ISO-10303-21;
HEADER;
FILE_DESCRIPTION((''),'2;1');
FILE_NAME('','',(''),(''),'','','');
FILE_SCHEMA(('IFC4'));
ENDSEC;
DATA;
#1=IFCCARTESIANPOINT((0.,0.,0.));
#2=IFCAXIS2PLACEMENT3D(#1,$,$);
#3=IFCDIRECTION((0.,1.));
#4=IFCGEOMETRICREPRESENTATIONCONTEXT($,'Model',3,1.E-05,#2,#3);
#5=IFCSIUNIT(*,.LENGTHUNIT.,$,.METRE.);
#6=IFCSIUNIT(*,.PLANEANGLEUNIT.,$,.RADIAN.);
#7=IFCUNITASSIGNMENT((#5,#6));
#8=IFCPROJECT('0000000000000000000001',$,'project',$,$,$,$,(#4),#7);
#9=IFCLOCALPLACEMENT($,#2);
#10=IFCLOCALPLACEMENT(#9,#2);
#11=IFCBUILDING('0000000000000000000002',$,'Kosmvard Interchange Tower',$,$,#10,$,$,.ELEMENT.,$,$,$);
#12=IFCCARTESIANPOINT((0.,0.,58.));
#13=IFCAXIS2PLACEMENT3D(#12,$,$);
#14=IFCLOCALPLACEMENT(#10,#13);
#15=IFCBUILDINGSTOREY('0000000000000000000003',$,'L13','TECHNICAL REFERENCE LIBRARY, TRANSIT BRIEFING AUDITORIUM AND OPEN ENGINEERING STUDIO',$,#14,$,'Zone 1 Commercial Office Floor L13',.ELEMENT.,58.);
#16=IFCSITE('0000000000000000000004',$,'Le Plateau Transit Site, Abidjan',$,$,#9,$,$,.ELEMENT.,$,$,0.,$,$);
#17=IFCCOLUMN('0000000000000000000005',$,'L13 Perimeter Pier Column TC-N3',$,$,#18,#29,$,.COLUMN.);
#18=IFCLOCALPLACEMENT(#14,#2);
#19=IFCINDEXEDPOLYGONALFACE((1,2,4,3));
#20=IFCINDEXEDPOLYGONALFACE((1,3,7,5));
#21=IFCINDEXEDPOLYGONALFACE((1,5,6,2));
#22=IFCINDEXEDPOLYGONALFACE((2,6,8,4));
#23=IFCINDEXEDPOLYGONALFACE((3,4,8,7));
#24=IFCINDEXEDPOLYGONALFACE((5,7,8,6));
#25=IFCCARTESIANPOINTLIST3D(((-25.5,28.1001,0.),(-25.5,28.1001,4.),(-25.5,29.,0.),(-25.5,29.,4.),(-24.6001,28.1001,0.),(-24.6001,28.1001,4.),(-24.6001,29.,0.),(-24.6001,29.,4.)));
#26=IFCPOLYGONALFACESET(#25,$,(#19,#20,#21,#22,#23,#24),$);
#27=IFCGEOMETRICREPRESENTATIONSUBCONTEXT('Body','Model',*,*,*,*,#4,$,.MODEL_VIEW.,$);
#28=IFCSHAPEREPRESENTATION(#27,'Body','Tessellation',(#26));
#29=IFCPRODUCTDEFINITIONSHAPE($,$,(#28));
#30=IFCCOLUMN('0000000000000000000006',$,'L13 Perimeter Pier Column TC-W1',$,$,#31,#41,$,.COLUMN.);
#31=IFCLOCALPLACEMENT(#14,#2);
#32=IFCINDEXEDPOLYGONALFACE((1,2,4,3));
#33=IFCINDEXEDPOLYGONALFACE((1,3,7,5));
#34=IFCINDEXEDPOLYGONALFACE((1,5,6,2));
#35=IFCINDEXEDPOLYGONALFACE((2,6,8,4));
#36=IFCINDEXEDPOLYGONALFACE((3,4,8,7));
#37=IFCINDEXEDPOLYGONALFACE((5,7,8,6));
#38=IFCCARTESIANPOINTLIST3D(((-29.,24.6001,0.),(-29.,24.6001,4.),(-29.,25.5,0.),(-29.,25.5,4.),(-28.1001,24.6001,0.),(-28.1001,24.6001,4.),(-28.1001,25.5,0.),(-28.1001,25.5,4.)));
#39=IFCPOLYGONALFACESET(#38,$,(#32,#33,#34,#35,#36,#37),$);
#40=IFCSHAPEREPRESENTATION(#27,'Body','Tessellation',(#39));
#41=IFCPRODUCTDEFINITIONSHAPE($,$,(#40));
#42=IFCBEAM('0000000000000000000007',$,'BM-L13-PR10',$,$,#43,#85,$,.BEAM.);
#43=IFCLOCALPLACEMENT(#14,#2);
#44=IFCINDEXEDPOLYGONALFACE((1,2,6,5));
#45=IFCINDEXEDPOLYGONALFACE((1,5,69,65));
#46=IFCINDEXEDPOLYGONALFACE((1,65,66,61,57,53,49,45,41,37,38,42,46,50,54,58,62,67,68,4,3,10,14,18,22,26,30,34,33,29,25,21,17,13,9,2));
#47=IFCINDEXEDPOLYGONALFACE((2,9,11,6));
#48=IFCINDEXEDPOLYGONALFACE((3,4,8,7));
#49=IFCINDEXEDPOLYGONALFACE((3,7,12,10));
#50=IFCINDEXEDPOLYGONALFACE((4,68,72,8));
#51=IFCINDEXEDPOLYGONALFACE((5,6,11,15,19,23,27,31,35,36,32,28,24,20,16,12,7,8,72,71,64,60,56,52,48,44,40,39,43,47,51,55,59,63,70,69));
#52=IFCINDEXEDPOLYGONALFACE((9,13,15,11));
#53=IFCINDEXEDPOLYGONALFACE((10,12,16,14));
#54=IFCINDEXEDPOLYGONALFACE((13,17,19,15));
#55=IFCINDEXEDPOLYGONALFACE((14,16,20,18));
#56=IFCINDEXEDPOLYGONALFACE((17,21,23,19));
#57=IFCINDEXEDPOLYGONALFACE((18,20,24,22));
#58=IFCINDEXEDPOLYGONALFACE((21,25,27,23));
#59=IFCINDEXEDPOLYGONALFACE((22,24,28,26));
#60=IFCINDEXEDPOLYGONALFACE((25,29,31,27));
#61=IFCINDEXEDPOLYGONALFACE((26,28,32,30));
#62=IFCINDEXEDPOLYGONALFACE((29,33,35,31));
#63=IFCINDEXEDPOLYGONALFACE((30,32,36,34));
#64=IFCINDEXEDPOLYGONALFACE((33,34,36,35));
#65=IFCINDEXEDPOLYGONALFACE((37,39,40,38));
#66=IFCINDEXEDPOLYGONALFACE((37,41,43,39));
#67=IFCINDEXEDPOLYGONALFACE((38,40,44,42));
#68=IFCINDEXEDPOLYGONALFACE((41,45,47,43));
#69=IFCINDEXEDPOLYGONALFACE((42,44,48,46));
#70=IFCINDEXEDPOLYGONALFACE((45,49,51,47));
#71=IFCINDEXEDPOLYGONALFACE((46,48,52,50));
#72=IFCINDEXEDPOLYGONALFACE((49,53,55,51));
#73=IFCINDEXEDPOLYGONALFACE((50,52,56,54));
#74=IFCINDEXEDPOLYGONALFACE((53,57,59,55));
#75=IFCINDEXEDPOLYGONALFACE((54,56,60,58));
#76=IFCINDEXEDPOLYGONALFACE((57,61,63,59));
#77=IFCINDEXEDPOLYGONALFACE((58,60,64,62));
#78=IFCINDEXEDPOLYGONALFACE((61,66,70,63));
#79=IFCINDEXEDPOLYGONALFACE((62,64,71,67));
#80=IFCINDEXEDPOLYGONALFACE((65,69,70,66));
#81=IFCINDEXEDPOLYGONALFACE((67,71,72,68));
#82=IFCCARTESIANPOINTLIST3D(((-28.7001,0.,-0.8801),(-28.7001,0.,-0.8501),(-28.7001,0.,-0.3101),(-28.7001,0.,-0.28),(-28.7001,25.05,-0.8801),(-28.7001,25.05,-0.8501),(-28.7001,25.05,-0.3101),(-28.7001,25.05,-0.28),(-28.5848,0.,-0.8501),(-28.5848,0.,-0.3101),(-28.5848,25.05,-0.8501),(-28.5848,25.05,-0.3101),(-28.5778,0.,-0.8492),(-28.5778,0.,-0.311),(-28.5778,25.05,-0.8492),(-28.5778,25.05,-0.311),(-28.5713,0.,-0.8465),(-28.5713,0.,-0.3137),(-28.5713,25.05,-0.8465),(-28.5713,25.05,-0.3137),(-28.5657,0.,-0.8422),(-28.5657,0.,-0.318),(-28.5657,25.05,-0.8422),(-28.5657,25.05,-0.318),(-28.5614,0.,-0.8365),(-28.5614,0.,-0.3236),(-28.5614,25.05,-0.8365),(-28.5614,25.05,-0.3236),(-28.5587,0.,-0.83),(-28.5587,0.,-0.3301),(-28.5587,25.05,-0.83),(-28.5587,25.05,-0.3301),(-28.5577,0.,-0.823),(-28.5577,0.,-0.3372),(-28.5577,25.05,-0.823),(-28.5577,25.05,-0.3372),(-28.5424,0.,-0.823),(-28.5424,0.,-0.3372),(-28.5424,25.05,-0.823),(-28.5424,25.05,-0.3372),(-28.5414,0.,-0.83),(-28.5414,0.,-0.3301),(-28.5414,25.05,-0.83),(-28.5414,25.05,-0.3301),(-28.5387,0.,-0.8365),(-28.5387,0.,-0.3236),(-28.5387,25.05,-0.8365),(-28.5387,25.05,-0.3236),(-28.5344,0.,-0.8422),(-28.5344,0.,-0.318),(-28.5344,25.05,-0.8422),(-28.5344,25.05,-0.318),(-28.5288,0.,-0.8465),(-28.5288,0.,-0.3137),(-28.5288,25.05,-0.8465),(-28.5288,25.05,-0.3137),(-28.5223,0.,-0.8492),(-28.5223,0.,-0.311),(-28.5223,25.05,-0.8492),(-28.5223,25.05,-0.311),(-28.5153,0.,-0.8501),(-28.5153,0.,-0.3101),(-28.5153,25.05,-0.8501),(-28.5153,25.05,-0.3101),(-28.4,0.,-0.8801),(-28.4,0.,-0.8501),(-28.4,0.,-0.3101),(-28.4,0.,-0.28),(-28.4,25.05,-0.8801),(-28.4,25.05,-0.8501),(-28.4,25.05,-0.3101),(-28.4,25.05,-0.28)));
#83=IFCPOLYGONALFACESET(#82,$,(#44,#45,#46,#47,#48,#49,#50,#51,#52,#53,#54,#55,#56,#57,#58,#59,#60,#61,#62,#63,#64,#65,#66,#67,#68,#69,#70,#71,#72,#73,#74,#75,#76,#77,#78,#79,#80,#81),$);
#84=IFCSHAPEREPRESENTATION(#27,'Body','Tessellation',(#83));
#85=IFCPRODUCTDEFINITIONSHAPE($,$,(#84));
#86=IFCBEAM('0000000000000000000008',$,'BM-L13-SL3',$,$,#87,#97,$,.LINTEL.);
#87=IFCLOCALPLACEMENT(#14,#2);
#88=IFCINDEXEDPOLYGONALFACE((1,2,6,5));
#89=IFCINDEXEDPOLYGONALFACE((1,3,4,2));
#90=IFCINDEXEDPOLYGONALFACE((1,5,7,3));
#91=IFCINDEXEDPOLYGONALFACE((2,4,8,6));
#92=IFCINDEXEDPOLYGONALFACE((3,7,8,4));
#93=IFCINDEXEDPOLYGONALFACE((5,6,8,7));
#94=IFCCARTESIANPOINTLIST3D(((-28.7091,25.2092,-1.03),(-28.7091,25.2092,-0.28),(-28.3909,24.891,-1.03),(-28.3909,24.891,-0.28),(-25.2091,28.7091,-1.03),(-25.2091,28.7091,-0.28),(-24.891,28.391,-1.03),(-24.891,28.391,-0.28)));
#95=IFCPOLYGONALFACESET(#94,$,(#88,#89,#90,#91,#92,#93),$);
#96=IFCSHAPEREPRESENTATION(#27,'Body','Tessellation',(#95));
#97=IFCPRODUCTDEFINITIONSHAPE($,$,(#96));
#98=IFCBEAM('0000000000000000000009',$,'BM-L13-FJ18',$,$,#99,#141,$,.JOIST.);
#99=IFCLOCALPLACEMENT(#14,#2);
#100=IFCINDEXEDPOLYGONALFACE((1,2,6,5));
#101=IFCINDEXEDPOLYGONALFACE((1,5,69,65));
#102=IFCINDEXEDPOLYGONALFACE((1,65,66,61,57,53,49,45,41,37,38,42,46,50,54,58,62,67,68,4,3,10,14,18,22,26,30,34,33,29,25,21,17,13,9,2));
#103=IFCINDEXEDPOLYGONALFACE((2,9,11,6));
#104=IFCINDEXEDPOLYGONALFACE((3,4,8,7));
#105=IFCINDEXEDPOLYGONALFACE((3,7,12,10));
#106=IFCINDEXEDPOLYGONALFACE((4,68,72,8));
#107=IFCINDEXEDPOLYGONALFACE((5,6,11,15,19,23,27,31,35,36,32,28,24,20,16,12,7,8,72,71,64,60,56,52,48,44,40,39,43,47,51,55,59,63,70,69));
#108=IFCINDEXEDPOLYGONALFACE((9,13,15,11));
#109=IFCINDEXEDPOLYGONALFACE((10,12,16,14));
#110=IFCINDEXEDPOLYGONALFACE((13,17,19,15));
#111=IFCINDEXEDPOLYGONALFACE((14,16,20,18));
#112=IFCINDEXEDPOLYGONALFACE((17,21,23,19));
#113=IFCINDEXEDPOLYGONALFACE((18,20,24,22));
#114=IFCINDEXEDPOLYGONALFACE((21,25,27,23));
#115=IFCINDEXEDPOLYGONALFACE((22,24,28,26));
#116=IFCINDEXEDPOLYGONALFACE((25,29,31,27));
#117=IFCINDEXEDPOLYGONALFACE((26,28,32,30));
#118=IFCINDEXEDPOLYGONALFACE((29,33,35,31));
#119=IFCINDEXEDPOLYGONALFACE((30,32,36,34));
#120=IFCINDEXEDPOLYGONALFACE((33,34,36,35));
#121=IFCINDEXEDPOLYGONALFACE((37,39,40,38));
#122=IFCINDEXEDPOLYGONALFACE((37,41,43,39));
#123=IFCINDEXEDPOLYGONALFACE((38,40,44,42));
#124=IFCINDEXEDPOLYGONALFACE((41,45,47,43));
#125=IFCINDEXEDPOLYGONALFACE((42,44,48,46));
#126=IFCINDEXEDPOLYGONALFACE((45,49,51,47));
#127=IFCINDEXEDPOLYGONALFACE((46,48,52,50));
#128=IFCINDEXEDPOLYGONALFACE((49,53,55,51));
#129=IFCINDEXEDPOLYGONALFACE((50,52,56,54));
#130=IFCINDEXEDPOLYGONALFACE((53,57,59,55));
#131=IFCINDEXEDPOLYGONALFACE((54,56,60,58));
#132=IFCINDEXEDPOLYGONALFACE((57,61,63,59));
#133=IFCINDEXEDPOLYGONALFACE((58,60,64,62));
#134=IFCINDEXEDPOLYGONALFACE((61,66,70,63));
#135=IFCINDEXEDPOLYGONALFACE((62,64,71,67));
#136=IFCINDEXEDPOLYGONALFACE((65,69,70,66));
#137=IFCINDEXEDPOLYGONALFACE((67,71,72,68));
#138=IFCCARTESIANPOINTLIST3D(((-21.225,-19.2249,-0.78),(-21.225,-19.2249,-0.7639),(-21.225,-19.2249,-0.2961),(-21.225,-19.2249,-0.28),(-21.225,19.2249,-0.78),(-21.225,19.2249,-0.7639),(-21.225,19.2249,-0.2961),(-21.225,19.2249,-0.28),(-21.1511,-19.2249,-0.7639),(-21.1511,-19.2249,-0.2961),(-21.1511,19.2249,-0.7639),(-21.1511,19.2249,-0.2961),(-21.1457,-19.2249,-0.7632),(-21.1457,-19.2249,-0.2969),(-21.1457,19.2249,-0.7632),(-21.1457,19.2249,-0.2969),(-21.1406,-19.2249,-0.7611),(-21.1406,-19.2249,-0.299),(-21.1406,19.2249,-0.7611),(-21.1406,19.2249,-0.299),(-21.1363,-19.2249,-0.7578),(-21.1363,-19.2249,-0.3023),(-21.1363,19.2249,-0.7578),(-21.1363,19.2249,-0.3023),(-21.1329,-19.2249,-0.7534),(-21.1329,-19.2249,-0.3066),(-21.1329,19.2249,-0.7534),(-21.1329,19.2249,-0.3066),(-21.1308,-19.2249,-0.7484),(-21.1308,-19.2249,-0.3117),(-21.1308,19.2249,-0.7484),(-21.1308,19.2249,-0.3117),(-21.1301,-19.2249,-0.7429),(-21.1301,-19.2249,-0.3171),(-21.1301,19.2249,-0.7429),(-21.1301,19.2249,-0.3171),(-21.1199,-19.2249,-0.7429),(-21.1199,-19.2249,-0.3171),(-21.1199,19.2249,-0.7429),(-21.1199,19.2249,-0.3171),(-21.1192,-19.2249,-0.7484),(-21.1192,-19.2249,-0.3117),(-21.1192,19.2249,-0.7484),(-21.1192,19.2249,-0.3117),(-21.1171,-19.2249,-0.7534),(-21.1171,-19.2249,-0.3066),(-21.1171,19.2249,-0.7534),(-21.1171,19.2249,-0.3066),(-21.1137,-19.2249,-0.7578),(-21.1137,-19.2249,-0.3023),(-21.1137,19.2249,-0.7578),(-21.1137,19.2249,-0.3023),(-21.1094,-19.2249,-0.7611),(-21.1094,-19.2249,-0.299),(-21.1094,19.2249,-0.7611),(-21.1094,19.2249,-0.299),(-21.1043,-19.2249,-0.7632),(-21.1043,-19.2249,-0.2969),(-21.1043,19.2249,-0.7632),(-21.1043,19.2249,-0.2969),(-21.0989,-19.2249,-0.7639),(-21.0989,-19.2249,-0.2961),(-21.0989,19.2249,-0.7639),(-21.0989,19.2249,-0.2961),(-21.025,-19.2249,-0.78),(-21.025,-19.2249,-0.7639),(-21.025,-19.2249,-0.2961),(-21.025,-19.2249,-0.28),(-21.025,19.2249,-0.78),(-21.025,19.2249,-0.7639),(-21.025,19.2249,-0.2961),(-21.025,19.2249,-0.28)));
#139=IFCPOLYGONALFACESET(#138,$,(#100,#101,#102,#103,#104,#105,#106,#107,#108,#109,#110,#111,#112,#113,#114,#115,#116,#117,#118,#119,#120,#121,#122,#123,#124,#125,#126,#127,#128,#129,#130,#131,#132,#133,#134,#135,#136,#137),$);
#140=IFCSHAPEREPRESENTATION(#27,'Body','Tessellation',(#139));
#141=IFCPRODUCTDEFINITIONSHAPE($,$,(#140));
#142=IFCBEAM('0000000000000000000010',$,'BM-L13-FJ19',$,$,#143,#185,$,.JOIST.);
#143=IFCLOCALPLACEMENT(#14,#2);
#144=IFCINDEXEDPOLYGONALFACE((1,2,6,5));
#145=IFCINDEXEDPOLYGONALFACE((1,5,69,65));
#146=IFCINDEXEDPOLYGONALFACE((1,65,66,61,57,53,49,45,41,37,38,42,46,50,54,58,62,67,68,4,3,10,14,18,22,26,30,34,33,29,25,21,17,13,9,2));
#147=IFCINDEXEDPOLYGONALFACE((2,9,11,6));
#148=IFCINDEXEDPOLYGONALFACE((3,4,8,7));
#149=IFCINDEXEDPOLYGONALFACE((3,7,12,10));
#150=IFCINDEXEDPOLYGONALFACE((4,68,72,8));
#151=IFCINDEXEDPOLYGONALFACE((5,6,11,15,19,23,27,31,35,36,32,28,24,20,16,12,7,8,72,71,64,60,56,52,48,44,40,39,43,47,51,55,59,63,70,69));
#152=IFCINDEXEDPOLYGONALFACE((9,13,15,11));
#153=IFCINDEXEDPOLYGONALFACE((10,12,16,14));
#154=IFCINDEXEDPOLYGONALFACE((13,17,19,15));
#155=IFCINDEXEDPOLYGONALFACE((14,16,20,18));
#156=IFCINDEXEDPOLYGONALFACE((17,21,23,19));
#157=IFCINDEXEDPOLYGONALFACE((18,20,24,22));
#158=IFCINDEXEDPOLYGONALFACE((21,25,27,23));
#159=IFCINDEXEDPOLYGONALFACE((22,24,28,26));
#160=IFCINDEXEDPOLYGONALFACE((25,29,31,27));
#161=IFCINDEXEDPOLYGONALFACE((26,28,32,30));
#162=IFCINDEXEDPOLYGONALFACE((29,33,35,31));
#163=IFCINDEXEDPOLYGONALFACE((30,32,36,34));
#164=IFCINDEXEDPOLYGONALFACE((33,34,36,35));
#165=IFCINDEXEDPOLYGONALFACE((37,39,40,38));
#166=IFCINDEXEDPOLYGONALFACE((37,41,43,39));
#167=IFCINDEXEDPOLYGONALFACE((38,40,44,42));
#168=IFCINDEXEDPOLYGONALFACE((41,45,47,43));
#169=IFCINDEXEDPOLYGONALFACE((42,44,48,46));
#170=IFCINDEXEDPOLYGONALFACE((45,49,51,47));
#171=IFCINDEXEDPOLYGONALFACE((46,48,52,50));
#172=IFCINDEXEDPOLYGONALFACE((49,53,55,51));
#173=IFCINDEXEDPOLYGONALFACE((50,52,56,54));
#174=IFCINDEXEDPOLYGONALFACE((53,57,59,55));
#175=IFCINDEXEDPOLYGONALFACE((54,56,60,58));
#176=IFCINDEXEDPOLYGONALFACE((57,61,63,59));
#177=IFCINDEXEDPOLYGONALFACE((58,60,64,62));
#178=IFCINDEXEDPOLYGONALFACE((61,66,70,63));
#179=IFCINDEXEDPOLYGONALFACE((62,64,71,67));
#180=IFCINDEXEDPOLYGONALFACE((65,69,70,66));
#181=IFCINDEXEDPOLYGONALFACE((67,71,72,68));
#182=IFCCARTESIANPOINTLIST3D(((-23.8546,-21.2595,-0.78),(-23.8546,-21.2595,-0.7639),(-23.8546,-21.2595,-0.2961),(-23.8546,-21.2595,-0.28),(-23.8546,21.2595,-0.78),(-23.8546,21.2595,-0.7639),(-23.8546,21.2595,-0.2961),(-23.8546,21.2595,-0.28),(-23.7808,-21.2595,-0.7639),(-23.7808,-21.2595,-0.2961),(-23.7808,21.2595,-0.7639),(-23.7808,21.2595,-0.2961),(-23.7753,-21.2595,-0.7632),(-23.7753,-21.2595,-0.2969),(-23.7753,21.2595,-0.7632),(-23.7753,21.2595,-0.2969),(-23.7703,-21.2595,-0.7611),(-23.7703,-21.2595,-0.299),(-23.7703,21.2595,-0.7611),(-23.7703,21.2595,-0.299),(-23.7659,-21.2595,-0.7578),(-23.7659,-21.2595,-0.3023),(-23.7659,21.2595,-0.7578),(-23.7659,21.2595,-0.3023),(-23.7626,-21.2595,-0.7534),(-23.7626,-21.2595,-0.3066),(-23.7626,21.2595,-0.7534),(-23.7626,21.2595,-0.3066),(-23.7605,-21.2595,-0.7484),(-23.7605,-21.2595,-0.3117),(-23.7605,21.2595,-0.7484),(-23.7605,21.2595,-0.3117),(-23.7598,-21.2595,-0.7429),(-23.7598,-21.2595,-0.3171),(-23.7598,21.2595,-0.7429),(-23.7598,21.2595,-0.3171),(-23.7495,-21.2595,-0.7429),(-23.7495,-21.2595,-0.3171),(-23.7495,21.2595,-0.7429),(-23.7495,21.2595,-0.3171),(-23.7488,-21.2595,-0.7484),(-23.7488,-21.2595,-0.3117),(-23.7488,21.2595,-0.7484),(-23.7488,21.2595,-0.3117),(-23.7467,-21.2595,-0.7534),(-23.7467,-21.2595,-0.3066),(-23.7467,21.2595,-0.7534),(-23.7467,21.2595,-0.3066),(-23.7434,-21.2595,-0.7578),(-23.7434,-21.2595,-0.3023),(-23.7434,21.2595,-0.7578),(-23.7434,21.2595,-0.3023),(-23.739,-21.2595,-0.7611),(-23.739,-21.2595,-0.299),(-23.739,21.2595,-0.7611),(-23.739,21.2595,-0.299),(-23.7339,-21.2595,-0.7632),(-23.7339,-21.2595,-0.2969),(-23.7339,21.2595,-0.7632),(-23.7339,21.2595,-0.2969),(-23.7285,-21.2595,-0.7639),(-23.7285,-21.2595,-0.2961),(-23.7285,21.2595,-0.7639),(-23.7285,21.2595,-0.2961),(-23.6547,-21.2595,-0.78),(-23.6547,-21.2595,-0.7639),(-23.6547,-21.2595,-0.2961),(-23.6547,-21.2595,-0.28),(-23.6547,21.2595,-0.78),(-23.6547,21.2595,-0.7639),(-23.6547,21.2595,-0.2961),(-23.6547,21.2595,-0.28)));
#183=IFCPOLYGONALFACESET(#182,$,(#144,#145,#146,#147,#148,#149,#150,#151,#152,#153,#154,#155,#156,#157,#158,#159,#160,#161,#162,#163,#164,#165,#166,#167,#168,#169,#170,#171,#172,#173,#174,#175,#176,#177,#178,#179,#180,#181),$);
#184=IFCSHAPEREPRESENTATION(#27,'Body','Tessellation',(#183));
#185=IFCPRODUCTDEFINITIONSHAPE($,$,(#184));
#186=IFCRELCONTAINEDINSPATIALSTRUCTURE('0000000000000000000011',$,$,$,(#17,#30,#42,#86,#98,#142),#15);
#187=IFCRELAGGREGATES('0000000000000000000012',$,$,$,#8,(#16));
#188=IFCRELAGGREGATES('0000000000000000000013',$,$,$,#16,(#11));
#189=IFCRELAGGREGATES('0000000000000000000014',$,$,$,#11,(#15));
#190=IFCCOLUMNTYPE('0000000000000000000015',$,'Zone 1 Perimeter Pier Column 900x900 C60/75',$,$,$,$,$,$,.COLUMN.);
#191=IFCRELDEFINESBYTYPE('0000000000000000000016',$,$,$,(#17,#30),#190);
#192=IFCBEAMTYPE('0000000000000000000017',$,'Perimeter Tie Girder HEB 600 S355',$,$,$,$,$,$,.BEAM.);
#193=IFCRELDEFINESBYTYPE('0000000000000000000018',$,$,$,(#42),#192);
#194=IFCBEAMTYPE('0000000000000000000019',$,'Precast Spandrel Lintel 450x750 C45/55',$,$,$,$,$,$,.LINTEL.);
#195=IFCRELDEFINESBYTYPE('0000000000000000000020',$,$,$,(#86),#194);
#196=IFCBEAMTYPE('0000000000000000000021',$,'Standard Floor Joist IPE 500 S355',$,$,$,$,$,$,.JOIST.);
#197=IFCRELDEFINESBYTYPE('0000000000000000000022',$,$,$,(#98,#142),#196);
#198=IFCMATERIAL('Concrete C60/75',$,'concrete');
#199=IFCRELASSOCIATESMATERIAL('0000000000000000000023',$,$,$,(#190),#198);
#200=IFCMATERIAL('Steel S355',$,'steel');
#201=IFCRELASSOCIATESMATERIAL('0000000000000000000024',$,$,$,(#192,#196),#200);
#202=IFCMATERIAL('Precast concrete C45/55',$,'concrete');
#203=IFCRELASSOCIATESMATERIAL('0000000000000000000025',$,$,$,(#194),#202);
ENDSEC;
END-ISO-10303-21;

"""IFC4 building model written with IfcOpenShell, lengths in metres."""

from ifc_helpers import new_model, si_unit, direction, frame, origin, origin_2d, place, context, subcontext, project, spatial, rectangle, i_section, extrude, source, transform, mapped, material, material_profile, profile_set, type_object, element, save


model = new_model("IFC4")

# Units and contexts
model_context = context("Model", 3, precision=1e-05, world=origin(), true_north=direction((0.0, 1.0)))
body_context = subcontext(model_context, "Body", "Model", "MODEL_VIEW")
ifc_project = project(units=[si_unit("LENGTHUNIT", "METRE"), si_unit("PLANEANGLEUNIT", "RADIAN")], contexts=[model_context])

# Site, building, storey
site_placement = place(None, origin())
site = spatial("IfcSite", under=ifc_project, at=site_placement, Name="Le Plateau Transit Site, Abidjan", CompositionType="ELEMENT", RefElevation=0.0)
building_placement = place(site_placement, origin())
building = spatial("IfcBuilding", under=site, at=building_placement, Name="Kosmvard Interchange Tower", CompositionType="ELEMENT")
storey_placement = place(building_placement, frame((0.0, 0.0, 58.0)))
storey = spatial("IfcBuildingStorey", under=building, at=storey_placement, Name="L13", Description="TECHNICAL REFERENCE LIBRARY, TRANSIT BRIEFING AUDITORIUM AND OPEN ENGINEERING STUDIO", LongName="Zone 1 Commercial Office Floor L13", CompositionType="ELEMENT", Elevation=58.0)

# Columns
ifc_material_1 = material(Name="Concrete C60/75", Category="concrete")
ifc_material_profile_1 = material_profile(ifc_material_1, rectangle(XDim=0.8999, YDim=0.8999, at=origin_2d()), Name="TC 900x900")
ifc_profile_set_1 = profile_set([ifc_material_profile_1], Name="Concrete C60/75")
column_type = type_object("IfcColumnType", Name="Zone 1 Perimeter Pier Column 900x900 C60/75", PredefinedType="COLUMN", material=ifc_profile_set_1)
shared_shape_1 = source(origin(), body_context, "Body", "SweptSolid", [
    extrude(rectangle(XDim=0.8999, YDim=0.8999, at=origin_2d()), origin(), (0.0, 0.0, 1.0), 4.0),
])
for number, where, z_axis, x_axis, name in (
    (1, (-25.05, 28.55, 0.0), (0.0, 0.0, 1.0), (1.0, 0.0, 0.0), "L13 Perimeter Pier Column TC-N3"),
    (2, (-28.55, 25.05, 0.0), (0.0, 0.0, 1.0), (1.0, 0.0, 0.0), "L13 Perimeter Pier Column TC-W1"),
):
    element("IfcColumn", number, at=place(storey_placement, frame(where, z_axis=z_axis, x_axis=x_axis)), inside=storey, type_object=column_type, Name=name, PredefinedType="COLUMN", context=body_context, shape_type="MappedRepresentation", body=[
        mapped(shared_shape_1, transform((0.0, 0.0, 0.0), scale=1.0)),
    ])

# Beams
ifc_material_2 = material(Name="Steel S355", Category="steel")
ifc_material_profile_2 = material_profile(ifc_material_2, i_section(OverallWidth=0.3, OverallDepth=0.6001, WebThickness=0.0154, FlangeThickness=0.03, FilletRadius=0.0271, at=origin_2d()), Name="HEB 600")
ifc_profile_set_2 = profile_set([ifc_material_profile_2], Name="Steel S355")
beam_type_1 = type_object("IfcBeamType", Name="Perimeter Tie Girder HEB 600 S355", PredefinedType="BEAM", material=ifc_profile_set_2)
shared_shape_2 = source(origin(), body_context, "Body", "SweptSolid", [
    extrude(i_section(OverallWidth=0.3, OverallDepth=0.6001, WebThickness=0.0154, FlangeThickness=0.03, FilletRadius=0.0271, at=origin_2d()), origin(), (0.0, 0.0, 1.0), 25.05),
])
beam_1_placement = place(storey_placement, frame((-28.55, 25.05, -0.5801), z_axis=(0.0, -1.0, 0.0), x_axis=(1.0, 0.0, 0.0)))
element("IfcBeam", 3, at=beam_1_placement, inside=storey, type_object=beam_type_1, Name="BM-L13-PR10", PredefinedType="BEAM", context=body_context, shape_type="MappedRepresentation", body=[
    mapped(shared_shape_2, transform((0.0, 0.0, 0.0), scale=1.0)),
])
ifc_material_3 = material(Name="Precast concrete C45/55", Category="concrete")
ifc_material_profile_3 = material_profile(ifc_material_3, rectangle(XDim=0.45, YDim=0.75, at=origin_2d()), Name="SL 450x750")
ifc_profile_set_3 = profile_set([ifc_material_profile_3], Name="Precast concrete C45/55")
beam_type_2 = type_object("IfcBeamType", Name="Precast Spandrel Lintel 450x750 C45/55", PredefinedType="LINTEL", material=ifc_profile_set_3)
shared_shape_3 = source(origin(), body_context, "Body", "SweptSolid", [
    extrude(rectangle(XDim=0.45, YDim=0.75, at=origin_2d()), origin(), (0.0, 0.0, 1.0), 4.9497),
])
beam_2_placement = place(storey_placement, frame((-25.05, 28.55, -0.655), z_axis=(-0.707107, -0.707107, 0.0), x_axis=(0.707107, -0.707107, 0.0)))
element("IfcBeam", 4, at=beam_2_placement, inside=storey, type_object=beam_type_2, Name="BM-L13-SL3", PredefinedType="LINTEL", context=body_context, shape_type="MappedRepresentation", body=[
    mapped(shared_shape_3, transform((0.0, 0.0, 0.0), scale=1.0)),
])
ifc_material_profile_4 = material_profile(ifc_material_2, i_section(OverallWidth=0.2, OverallDepth=0.5, WebThickness=0.0103, FlangeThickness=0.0161, FilletRadius=0.021, at=origin_2d()), Name="IPE 500")
ifc_profile_set_4 = profile_set([ifc_material_profile_4], Name="Steel S355")
beam_type_3 = type_object("IfcBeamType", Name="Standard Floor Joist IPE 500 S355", PredefinedType="JOIST", material=ifc_profile_set_4)
shared_shape_4 = source(origin(), body_context, "Body", "SweptSolid", [
    extrude(i_section(OverallWidth=0.2, OverallDepth=0.5, WebThickness=0.0103, FlangeThickness=0.0161, FilletRadius=0.021, at=origin_2d()), origin(), (0.0, 0.0, 1.0), 38.4497),
])
beam_3_placement = place(storey_placement, frame((-21.125, 19.2249, -0.53), z_axis=(0.0, -1.0, 0.0), x_axis=(1.0, 0.0, 0.0)))
element("IfcBeam", 5, at=beam_3_placement, inside=storey, type_object=beam_type_3, Name="BM-L13-FJ18", PredefinedType="JOIST", context=body_context, shape_type="MappedRepresentation", body=[
    mapped(shared_shape_4, transform((0.0, 0.0, 0.0), scale=1.0)),
])
shared_shape_5 = source(origin(), body_context, "Body", "SweptSolid", [
    extrude(i_section(OverallWidth=0.2, OverallDepth=0.5, WebThickness=0.0103, FlangeThickness=0.0161, FilletRadius=0.021, at=origin_2d()), origin(), (0.0, 0.0, 1.0), 42.519),
])
beam_4_placement = place(storey_placement, frame((-23.7546, 21.2595, -0.53), z_axis=(0.0, -1.0, 0.0), x_axis=(1.0, 0.0, 0.0)))
element("IfcBeam", 6, at=beam_4_placement, inside=storey, type_object=beam_type_3, Name="BM-L13-FJ19", PredefinedType="JOIST", context=body_context, shape_type="MappedRepresentation", body=[
    mapped(shared_shape_5, transform((0.0, 0.0, 0.0), scale=1.0)),
])

save(model, "model.ifc")
